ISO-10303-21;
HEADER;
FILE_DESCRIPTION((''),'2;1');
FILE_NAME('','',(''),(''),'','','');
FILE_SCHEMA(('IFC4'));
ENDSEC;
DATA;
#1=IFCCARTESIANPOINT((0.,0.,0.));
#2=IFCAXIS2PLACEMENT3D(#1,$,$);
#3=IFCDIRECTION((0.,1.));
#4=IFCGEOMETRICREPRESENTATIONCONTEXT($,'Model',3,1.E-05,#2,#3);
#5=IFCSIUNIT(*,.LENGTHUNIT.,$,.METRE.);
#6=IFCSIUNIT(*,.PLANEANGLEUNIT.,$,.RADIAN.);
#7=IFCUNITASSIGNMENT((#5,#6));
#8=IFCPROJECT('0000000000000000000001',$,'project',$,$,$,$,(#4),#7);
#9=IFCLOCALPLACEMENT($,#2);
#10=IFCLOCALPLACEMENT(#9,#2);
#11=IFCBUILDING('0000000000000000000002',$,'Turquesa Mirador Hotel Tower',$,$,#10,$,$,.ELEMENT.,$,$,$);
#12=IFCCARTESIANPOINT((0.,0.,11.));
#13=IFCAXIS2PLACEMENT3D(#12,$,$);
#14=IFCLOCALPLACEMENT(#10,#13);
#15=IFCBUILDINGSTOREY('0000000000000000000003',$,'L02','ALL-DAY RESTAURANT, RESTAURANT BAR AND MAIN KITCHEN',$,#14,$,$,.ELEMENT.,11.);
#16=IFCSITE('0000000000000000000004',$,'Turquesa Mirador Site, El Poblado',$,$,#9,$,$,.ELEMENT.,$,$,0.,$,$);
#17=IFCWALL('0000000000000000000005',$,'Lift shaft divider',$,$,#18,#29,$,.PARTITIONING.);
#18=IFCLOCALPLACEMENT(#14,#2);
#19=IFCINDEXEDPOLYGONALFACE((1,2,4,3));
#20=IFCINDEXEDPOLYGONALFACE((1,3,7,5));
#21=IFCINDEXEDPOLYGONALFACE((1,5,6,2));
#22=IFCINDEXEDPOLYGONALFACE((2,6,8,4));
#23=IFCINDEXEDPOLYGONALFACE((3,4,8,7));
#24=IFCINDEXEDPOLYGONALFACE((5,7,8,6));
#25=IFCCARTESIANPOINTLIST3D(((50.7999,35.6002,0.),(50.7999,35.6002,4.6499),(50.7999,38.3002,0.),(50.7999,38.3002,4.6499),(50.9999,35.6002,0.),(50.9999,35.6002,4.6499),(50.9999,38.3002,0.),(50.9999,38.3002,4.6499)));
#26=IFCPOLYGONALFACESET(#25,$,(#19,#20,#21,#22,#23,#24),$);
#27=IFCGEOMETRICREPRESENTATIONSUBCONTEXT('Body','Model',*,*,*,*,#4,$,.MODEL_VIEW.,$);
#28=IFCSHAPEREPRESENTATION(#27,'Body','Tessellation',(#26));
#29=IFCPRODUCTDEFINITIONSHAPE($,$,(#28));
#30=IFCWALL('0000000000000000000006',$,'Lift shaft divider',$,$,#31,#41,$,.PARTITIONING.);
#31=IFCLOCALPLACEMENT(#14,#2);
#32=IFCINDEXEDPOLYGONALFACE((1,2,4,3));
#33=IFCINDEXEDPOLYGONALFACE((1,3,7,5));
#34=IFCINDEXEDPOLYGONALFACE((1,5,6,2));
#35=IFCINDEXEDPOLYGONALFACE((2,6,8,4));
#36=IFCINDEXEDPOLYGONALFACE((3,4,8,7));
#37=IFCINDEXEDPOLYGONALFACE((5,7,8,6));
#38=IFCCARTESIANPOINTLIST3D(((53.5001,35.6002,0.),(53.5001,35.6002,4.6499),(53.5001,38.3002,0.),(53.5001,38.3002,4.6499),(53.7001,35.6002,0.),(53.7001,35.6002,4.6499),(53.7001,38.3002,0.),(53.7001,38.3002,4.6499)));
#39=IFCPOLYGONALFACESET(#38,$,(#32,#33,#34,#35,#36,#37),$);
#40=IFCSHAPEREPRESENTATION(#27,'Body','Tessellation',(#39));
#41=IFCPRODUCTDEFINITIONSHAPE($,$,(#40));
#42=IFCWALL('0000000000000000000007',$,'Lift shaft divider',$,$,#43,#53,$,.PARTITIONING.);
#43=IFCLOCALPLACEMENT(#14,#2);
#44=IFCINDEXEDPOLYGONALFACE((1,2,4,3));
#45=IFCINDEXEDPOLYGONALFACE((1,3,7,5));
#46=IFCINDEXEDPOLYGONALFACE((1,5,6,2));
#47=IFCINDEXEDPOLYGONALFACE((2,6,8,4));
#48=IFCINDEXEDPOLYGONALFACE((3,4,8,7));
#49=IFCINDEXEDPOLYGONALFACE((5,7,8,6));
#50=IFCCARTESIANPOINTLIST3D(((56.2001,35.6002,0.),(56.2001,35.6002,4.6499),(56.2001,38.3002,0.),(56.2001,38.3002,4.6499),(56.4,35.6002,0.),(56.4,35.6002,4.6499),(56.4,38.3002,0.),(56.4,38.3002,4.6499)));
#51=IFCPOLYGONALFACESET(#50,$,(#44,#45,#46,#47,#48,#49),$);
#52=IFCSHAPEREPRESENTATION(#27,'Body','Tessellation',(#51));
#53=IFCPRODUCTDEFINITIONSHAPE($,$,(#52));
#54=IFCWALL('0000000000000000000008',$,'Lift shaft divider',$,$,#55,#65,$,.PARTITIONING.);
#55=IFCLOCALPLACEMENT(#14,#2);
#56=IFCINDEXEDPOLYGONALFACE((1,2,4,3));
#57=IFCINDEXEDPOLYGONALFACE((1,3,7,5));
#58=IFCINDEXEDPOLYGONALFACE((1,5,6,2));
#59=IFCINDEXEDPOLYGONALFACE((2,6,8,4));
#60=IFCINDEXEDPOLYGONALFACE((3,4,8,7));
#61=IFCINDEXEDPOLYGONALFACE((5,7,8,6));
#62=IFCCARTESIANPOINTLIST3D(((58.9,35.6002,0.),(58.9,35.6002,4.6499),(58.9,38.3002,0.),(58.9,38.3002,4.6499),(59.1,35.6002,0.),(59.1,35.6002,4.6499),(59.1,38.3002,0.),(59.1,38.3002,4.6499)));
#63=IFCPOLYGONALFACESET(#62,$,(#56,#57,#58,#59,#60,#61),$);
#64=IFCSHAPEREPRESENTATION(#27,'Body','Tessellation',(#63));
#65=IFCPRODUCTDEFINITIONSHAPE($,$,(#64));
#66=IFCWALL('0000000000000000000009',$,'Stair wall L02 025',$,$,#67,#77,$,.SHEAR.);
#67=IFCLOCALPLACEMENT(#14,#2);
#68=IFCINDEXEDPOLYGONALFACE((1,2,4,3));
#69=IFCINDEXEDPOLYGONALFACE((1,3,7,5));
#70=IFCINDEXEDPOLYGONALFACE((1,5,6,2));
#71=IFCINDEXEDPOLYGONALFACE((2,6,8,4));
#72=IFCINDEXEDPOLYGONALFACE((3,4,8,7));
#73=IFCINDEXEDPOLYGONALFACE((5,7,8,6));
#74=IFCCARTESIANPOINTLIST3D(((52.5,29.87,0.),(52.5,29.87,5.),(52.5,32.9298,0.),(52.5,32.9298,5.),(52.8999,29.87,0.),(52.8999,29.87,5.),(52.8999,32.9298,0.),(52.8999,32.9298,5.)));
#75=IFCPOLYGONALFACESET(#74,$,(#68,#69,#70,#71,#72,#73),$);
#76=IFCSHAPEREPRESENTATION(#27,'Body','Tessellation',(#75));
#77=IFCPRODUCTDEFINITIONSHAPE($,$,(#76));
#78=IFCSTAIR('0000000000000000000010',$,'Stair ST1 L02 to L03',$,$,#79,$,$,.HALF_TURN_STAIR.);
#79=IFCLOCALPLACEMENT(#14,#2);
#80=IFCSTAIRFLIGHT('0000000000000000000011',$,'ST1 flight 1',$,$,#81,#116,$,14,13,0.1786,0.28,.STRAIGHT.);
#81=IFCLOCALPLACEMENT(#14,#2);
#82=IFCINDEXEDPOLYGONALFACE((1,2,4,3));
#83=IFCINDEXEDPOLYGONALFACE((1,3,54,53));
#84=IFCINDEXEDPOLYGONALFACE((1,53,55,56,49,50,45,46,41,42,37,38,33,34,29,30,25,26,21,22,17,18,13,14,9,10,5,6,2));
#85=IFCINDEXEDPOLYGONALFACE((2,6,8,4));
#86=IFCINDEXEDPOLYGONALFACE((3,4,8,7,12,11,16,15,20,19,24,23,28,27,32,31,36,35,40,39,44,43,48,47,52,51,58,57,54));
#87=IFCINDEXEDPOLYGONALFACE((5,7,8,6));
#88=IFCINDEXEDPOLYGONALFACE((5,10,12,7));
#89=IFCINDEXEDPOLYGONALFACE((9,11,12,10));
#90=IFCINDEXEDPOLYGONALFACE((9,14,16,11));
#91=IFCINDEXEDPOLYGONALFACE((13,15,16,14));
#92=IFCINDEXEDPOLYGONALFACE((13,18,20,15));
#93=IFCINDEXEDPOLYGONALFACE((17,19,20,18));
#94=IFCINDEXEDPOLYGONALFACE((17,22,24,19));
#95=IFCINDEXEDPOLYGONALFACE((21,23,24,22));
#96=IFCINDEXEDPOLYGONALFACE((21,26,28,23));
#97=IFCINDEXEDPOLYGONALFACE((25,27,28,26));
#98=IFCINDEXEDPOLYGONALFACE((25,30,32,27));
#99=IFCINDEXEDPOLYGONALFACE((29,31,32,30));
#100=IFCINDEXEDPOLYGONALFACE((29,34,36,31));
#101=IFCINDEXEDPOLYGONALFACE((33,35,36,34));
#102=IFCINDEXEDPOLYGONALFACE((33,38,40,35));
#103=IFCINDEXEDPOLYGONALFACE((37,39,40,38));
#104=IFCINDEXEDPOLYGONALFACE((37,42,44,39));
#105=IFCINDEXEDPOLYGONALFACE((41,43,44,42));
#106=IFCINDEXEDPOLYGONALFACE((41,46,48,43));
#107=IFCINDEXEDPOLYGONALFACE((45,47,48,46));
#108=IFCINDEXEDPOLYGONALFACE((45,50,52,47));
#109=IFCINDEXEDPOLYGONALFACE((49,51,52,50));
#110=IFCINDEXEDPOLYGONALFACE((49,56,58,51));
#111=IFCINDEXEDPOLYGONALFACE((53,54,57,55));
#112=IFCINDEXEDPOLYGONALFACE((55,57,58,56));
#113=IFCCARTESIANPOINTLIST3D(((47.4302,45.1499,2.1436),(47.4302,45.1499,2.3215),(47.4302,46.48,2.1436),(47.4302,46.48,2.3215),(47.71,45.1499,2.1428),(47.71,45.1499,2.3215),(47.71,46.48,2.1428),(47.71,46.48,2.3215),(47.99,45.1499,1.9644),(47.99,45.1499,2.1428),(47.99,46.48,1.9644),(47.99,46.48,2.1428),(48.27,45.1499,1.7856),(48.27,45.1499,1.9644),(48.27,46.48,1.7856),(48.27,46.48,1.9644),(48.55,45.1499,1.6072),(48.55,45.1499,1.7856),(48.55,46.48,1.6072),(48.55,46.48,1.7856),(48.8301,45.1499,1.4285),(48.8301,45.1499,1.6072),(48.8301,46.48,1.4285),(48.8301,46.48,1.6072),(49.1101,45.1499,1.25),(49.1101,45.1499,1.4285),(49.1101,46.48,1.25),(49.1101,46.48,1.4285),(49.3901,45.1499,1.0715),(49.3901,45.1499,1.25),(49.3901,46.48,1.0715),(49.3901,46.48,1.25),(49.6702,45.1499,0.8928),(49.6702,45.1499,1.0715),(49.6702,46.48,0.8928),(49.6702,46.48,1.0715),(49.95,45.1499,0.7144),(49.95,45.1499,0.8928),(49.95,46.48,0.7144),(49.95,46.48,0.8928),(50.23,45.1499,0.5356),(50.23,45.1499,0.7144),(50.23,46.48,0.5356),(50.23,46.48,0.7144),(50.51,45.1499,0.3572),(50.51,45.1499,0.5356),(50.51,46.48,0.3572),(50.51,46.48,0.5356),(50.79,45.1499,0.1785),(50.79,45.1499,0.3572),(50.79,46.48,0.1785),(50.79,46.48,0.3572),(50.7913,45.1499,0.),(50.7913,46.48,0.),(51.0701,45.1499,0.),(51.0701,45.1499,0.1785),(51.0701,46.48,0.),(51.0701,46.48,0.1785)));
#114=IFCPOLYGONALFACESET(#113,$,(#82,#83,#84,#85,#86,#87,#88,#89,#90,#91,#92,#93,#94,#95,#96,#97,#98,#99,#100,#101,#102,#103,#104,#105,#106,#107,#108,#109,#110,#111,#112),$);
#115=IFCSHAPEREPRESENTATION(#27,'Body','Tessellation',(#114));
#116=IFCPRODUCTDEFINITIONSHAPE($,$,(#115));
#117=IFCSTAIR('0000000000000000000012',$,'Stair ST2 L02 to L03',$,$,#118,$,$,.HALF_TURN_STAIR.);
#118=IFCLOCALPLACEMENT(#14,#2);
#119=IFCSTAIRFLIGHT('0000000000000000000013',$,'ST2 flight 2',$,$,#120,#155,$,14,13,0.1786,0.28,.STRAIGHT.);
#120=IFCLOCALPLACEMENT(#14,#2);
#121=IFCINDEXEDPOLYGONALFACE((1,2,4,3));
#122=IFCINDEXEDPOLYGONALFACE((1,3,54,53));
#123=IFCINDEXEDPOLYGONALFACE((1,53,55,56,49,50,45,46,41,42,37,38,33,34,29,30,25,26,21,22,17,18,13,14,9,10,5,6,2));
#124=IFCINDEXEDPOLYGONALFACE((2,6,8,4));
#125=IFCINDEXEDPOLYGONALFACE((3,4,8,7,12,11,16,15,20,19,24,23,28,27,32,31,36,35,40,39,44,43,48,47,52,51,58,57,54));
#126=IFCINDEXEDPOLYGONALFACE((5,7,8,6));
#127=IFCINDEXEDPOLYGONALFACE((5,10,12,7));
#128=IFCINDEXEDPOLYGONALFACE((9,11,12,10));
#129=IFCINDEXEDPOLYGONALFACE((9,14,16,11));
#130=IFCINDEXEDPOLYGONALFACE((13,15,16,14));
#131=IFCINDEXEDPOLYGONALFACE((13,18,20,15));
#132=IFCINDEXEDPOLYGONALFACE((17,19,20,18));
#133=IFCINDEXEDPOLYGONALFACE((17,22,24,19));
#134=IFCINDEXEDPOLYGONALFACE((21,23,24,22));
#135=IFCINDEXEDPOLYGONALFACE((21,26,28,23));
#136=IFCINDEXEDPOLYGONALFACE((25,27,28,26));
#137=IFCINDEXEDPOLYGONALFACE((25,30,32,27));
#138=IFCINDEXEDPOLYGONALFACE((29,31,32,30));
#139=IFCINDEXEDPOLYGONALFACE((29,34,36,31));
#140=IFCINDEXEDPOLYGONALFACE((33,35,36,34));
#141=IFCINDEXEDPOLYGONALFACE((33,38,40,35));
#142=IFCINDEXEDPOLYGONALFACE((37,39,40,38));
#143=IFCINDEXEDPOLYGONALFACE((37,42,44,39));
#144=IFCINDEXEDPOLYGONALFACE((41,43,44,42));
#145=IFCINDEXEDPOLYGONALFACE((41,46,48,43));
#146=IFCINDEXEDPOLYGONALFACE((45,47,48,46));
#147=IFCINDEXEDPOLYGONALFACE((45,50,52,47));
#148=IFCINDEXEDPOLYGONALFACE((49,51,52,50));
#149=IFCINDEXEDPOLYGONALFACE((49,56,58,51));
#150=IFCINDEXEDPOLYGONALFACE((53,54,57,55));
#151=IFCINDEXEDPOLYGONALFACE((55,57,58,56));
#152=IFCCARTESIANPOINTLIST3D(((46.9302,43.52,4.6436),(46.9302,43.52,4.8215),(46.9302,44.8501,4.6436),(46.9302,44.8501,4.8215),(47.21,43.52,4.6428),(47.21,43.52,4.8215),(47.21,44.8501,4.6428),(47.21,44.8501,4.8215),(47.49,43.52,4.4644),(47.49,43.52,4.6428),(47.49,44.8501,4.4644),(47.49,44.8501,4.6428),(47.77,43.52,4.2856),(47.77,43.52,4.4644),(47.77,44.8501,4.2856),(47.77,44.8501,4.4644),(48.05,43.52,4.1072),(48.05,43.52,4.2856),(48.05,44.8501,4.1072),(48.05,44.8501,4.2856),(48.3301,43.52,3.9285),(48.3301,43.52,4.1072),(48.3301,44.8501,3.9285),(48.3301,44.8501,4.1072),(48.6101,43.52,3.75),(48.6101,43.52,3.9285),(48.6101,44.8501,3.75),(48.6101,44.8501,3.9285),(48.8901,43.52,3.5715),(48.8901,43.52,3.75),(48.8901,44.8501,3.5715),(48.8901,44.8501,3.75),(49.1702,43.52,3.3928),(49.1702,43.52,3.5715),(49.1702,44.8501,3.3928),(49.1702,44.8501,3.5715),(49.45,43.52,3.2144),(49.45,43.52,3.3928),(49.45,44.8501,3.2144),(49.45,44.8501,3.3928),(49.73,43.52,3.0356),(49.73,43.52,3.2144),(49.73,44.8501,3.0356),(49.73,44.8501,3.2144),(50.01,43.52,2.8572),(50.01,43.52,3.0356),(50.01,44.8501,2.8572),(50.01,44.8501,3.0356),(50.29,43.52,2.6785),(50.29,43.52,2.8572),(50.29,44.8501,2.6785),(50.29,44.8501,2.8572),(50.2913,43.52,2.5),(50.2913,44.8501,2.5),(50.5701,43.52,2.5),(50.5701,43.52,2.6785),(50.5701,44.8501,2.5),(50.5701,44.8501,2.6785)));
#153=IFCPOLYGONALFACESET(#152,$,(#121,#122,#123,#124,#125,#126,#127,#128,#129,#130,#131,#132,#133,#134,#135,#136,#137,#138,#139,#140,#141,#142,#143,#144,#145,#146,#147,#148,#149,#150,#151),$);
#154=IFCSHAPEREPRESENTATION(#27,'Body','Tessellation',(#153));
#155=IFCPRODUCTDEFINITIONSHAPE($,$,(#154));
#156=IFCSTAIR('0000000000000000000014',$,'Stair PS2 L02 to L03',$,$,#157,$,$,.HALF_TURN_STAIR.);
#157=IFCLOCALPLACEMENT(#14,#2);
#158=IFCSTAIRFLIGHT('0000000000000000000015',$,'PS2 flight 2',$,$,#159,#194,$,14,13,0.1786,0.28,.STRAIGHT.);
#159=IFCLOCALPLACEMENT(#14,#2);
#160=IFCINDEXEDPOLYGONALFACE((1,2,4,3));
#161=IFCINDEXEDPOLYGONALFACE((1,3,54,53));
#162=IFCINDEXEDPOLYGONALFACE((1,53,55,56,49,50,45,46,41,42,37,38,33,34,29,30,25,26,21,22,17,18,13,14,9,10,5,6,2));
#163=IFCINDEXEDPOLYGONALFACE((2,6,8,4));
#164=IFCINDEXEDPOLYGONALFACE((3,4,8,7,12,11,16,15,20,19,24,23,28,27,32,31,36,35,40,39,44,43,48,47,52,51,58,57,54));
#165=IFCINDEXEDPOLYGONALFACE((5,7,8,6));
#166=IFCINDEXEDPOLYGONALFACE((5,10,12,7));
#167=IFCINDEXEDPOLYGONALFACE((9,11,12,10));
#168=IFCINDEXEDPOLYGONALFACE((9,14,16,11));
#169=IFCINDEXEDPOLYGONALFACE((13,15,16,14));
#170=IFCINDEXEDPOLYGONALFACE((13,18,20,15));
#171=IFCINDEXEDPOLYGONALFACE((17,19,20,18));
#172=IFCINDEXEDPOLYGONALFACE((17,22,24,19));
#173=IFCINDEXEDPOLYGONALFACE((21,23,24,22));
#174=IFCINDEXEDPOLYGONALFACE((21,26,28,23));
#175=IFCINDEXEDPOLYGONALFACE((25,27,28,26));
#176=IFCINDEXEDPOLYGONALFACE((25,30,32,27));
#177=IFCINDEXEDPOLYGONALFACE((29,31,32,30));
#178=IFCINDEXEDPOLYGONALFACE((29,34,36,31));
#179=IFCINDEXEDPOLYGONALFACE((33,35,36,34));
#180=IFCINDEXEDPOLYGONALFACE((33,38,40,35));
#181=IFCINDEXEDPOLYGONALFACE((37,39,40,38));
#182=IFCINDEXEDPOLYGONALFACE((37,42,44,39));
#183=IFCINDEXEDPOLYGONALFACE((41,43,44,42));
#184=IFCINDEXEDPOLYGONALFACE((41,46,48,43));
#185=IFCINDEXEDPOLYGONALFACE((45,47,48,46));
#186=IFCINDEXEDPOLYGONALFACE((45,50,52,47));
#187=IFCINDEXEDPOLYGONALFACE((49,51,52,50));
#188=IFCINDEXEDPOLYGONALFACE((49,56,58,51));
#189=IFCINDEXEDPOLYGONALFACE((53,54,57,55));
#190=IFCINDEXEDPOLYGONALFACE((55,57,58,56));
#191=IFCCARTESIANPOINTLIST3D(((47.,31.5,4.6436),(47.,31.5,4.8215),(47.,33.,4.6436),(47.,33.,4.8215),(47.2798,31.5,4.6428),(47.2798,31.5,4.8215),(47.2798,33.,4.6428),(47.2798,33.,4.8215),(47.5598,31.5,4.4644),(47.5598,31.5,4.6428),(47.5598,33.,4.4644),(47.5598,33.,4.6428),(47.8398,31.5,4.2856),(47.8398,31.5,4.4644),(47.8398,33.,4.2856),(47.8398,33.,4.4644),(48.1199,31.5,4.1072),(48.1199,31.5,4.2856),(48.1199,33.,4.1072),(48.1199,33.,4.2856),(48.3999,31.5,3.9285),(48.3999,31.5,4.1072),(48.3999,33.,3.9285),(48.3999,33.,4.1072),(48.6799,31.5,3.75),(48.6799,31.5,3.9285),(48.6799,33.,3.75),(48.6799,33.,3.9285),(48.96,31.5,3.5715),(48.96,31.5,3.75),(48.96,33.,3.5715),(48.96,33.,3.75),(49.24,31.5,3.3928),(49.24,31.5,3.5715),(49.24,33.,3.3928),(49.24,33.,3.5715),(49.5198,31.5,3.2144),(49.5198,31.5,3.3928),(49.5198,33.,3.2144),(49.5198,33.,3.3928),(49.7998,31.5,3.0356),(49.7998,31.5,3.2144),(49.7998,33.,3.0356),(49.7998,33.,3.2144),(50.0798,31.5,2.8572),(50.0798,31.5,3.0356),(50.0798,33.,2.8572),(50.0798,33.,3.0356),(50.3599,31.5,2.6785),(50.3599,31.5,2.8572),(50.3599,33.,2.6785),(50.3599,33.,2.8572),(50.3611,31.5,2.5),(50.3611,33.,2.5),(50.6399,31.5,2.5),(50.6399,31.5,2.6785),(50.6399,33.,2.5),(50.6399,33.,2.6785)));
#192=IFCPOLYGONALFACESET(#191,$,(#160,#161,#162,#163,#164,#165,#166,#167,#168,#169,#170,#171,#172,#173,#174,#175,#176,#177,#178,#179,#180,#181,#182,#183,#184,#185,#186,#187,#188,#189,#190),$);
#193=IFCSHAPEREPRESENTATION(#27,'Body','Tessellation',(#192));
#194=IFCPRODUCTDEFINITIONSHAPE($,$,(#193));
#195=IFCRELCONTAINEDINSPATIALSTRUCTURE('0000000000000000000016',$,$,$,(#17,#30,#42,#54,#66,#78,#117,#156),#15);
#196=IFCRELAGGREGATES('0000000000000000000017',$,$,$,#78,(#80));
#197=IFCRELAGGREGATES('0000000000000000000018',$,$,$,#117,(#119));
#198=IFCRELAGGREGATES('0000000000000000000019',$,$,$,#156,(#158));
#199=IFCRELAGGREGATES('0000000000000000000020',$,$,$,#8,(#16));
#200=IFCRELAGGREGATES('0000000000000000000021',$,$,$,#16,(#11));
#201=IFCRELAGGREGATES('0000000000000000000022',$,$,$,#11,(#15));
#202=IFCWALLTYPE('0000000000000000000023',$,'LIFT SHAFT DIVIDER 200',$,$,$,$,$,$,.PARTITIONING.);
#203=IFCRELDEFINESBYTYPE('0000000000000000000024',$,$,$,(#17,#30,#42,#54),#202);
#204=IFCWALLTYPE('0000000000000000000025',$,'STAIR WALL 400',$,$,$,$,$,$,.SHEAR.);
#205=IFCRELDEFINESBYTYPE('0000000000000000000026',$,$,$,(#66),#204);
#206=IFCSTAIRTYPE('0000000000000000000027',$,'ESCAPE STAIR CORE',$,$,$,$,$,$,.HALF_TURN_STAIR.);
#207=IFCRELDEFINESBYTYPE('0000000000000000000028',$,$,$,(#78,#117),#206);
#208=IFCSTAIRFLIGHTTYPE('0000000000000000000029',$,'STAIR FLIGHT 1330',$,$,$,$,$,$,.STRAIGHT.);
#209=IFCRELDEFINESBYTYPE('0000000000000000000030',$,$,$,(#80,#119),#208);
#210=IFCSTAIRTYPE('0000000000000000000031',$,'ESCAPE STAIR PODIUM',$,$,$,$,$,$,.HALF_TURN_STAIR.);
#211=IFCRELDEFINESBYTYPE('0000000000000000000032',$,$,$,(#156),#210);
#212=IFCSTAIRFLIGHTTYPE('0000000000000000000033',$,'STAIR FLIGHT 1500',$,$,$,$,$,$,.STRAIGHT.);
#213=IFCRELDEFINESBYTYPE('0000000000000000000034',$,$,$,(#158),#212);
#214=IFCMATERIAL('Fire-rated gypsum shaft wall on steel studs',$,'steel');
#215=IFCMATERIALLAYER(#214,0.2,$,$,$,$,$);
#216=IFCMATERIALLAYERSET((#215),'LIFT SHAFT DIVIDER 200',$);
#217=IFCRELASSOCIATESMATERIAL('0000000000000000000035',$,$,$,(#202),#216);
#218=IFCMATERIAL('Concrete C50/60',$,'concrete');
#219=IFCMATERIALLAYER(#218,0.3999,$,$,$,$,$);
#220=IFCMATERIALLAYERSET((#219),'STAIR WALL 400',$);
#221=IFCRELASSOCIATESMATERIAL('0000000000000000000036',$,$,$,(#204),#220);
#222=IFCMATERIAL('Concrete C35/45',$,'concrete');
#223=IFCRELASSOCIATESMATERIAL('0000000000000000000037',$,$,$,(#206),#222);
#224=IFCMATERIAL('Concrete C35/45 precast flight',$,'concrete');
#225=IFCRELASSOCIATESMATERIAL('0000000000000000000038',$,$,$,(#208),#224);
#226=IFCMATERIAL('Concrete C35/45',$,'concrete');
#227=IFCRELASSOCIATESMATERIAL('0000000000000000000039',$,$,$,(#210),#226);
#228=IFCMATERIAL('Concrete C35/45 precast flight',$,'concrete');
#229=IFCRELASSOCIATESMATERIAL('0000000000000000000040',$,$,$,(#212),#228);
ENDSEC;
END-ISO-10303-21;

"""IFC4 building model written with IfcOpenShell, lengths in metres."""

from ifc_helpers import new_model, si_unit, direction, frame, frame_2d, origin, place, context, subcontext, project, spatial, polyline, rectangle, outline, extrude, material, layer, layer_set, type_object, element, aggregate, save


model = new_model("IFC4")

# Units and contexts
model_context = context("Model", 3, precision=1e-05, world=origin(), true_north=direction((0.0, 1.0)))
body_context = subcontext(model_context, "Body", "Model", "MODEL_VIEW")
ifc_project = project(units=[si_unit("LENGTHUNIT", "METRE"), si_unit("PLANEANGLEUNIT", "RADIAN")], contexts=[model_context])

# Site, building, storey
site_placement = place(None, origin())
site = spatial("IfcSite", under=ifc_project, at=site_placement, Name="Turquesa Mirador Site, El Poblado", CompositionType="ELEMENT", RefElevation=0.0)
building_placement = place(site_placement, origin())
building = spatial("IfcBuilding", under=site, at=building_placement, Name="Turquesa Mirador Hotel Tower", CompositionType="ELEMENT")
storey_placement = place(building_placement, frame((0.0, 0.0, 11.0)))
storey = spatial("IfcBuildingStorey", under=building, at=storey_placement, Name="L02", Description="ALL-DAY RESTAURANT, RESTAURANT BAR AND MAIN KITCHEN", CompositionType="ELEMENT", Elevation=11.0)

# Walls
ifc_material_1 = material(Name="Fire-rated gypsum shaft wall on steel studs", Category="steel")
ifc_layer_1 = layer(ifc_material_1, 0.2)
ifc_layer_set_1 = layer_set([ifc_layer_1], Name="LIFT SHAFT DIVIDER 200")
wall_type_1 = type_object("IfcWallType", Name="LIFT SHAFT DIVIDER 200", PredefinedType="PARTITIONING", material=ifc_layer_set_1)
for number, where, z_axis, x_axis, name in (
    (1, (50.8999, 35.6001, 0.0), (0.0, 0.0, 1.0), (0.0, 1.0, 0.0), "Lift shaft divider"),
    (2, (53.6001, 35.6001, 0.0), (0.0, 0.0, 1.0), (0.0, 1.0, 0.0), "Lift shaft divider"),
    (3, (56.3, 35.6001, 0.0), (0.0, 0.0, 1.0), (0.0, 1.0, 0.0), "Lift shaft divider"),
    (4, (59.0, 35.6001, 0.0), (0.0, 0.0, 1.0), (0.0, 1.0, 0.0), "Lift shaft divider"),
):
    element("IfcWall", number, at=place(storey_placement, frame(where, z_axis=z_axis, x_axis=x_axis)), inside=storey, type_object=wall_type_1, Name=name, PredefinedType="PARTITIONING", context=body_context, shape_type="SweptSolid", body=[
        extrude(rectangle(XDim=2.7, YDim=0.2, at=frame_2d((1.3501, 0.0))), origin(), (0.0, 0.0, 1.0), 4.6499),
    ])
ifc_material_2 = material(Name="Concrete C50/60", Category="concrete")
ifc_layer_2 = layer(ifc_material_2, 0.3999)
ifc_layer_set_2 = layer_set([ifc_layer_2], Name="STAIR WALL 400")
wall_type_2 = type_object("IfcWallType", Name="STAIR WALL 400", PredefinedType="SHEAR", material=ifc_layer_set_2)
wall_1_placement = place(storey_placement, frame((52.7, 29.8701, 0.0), z_axis=(0.0, 0.0, 1.0), x_axis=(0.0, 1.0, 0.0)))
element("IfcWall", 5, at=wall_1_placement, inside=storey, type_object=wall_type_2, Name="Stair wall L02 025", PredefinedType="SHEAR", context=body_context, shape_type="SweptSolid", body=[
    extrude(rectangle(XDim=3.0598, YDim=0.3999, at=frame_2d((1.5298, 0.0))), origin(), (0.0, 0.0, 1.0), 5.0),
])

# Stairs, stair flights
ifc_material_3 = material(Name="Concrete C35/45", Category="concrete")
stair_type_1 = type_object("IfcStairType", Name="ESCAPE STAIR CORE", PredefinedType="HALF_TURN_STAIR", material=ifc_material_3)
stair_1_placement = place(storey_placement, origin())
stair_1 = element("IfcStair", 6, at=stair_1_placement, inside=storey, type_object=stair_type_1, Name="Stair ST1 L02 to L03", PredefinedType="HALF_TURN_STAIR")
ifc_material_4 = material(Name="Concrete C35/45 precast flight", Category="concrete")
stair_flight_type_1 = type_object("IfcStairFlightType", Name="STAIR FLIGHT 1330", PredefinedType="STRAIGHT", material=ifc_material_4)
stair_flight_1_placement = place(storey_placement, frame((51.0701, 45.8149, 0.0), z_axis=(0.0, 0.0, 1.0), x_axis=(-1.0, 0.0, 0.0)))
stair_flight_1 = element("IfcStairFlight", 7, at=stair_flight_1_placement, type_object=stair_flight_type_1, Name="ST1 flight 1", NumberOfRisers=14, NumberOfTreads=13, PredefinedType="STRAIGHT", RiserHeight=0.1786, TreadLength=0.28, context=body_context, shape_type="SweptSolid", body=[
    extrude(outline(polyline([(0.0, 0.0), (0.0, 0.1785), (0.28, 0.1785), (0.28, 0.3572), (0.5601, 0.3572), (0.5601, 0.5356), (0.8401, 0.5356), (0.8401, 0.7144), (1.1201, 0.7144), (1.1201, 0.8928), (1.3999, 0.8928), (1.3999, 1.0715), (1.6799, 1.0715), (1.6799, 1.25), (1.96, 1.25), (1.96, 1.4285), (2.24, 1.4285), (2.24, 1.6072), (2.52, 1.6072), (2.52, 1.7856), (2.8, 1.7856), (2.8, 1.9644), (3.0801, 1.9644), (3.0801, 2.1428), (3.3601, 2.1428), (3.3601, 2.3215), (3.6399, 2.3215), (3.6399, 2.5), (3.6399, 2.1436), (0.2788, 0.0), (0.0, 0.0)])), frame((0.0, 0.665, 0.0), z_axis=(0.0, -1.0, 0.0), x_axis=(1.0, 0.0, 0.0)), (0.0, 0.0, 1.0), 1.3301),
])
aggregate(stair_1, [stair_flight_1])
stair_2_placement = place(storey_placement, origin())
stair_2 = element("IfcStair", 8, at=stair_2_placement, inside=storey, type_object=stair_type_1, Name="Stair ST2 L02 to L03", PredefinedType="HALF_TURN_STAIR")
stair_flight_2_placement = place(storey_placement, frame((50.5701, 44.1851, 2.5), z_axis=(0.0, 0.0, 1.0), x_axis=(-1.0, 0.0, 0.0)))
stair_flight_2 = element("IfcStairFlight", 9, at=stair_flight_2_placement, type_object=stair_flight_type_1, Name="ST2 flight 2", NumberOfRisers=14, NumberOfTreads=13, PredefinedType="STRAIGHT", RiserHeight=0.1786, TreadLength=0.28, context=body_context, shape_type="SweptSolid", body=[
    extrude(outline(polyline([(0.0, 0.0), (0.0, 0.1785), (0.28, 0.1785), (0.28, 0.3572), (0.5601, 0.3572), (0.5601, 0.5356), (0.8401, 0.5356), (0.8401, 0.7144), (1.1201, 0.7144), (1.1201, 0.8928), (1.3999, 0.8928), (1.3999, 1.0715), (1.6799, 1.0715), (1.6799, 1.25), (1.96, 1.25), (1.96, 1.4285), (2.24, 1.4285), (2.24, 1.6072), (2.52, 1.6072), (2.52, 1.7856), (2.8, 1.7856), (2.8, 1.9644), (3.0801, 1.9644), (3.0801, 2.1428), (3.3601, 2.1428), (3.3601, 2.3215), (3.6399, 2.3215), (3.6399, 2.5), (3.6399, 2.1436), (0.2788, 0.0), (0.0, 0.0)])), frame((0.0, 0.665, 0.0), z_axis=(0.0, -1.0, 0.0), x_axis=(1.0, 0.0, 0.0)), (0.0, 0.0, 1.0), 1.3301),
])
aggregate(stair_2, [stair_flight_2])
ifc_material_5 = material(Name="Concrete C35/45", Category="concrete")
stair_type_2 = type_object("IfcStairType", Name="ESCAPE STAIR PODIUM", PredefinedType="HALF_TURN_STAIR", material=ifc_material_5)
stair_3_placement = place(storey_placement, origin())
stair_3 = element("IfcStair", 10, at=stair_3_placement, inside=storey, type_object=stair_type_2, Name="Stair PS2 L02 to L03", PredefinedType="HALF_TURN_STAIR")
ifc_material_6 = material(Name="Concrete C35/45 precast flight", Category="concrete")
stair_flight_type_2 = type_object("IfcStairFlightType", Name="STAIR FLIGHT 1500", PredefinedType="STRAIGHT", material=ifc_material_6)
stair_flight_3_placement = place(storey_placement, frame((50.6399, 32.25, 2.5), z_axis=(0.0, 0.0, 1.0), x_axis=(-1.0, 0.0, 0.0)))
stair_flight_3 = element("IfcStairFlight", 11, at=stair_flight_3_placement, type_object=stair_flight_type_2, Name="PS2 flight 2", NumberOfRisers=14, NumberOfTreads=13, PredefinedType="STRAIGHT", RiserHeight=0.1786, TreadLength=0.28, context=body_context, shape_type="SweptSolid", body=[
    extrude(outline(polyline([(0.0, 0.0), (0.0, 0.1785), (0.28, 0.1785), (0.28, 0.3572), (0.5601, 0.3572), (0.5601, 0.5356), (0.8401, 0.5356), (0.8401, 0.7144), (1.1201, 0.7144), (1.1201, 0.8928), (1.3999, 0.8928), (1.3999, 1.0715), (1.6799, 1.0715), (1.6799, 1.25), (1.96, 1.25), (1.96, 1.4285), (2.24, 1.4285), (2.24, 1.6072), (2.52, 1.6072), (2.52, 1.7856), (2.8, 1.7856), (2.8, 1.9644), (3.0801, 1.9644), (3.0801, 2.1428), (3.3601, 2.1428), (3.3601, 2.3215), (3.6399, 2.3215), (3.6399, 2.5), (3.6399, 2.1436), (0.2788, 0.0), (0.0, 0.0)])), frame((0.0, 0.75, 0.0), z_axis=(0.0, -1.0, 0.0), x_axis=(1.0, 0.0, 0.0)), (0.0, 0.0, 1.0), 1.5),
])
aggregate(stair_3, [stair_flight_3])

save(model, "model.ifc")
